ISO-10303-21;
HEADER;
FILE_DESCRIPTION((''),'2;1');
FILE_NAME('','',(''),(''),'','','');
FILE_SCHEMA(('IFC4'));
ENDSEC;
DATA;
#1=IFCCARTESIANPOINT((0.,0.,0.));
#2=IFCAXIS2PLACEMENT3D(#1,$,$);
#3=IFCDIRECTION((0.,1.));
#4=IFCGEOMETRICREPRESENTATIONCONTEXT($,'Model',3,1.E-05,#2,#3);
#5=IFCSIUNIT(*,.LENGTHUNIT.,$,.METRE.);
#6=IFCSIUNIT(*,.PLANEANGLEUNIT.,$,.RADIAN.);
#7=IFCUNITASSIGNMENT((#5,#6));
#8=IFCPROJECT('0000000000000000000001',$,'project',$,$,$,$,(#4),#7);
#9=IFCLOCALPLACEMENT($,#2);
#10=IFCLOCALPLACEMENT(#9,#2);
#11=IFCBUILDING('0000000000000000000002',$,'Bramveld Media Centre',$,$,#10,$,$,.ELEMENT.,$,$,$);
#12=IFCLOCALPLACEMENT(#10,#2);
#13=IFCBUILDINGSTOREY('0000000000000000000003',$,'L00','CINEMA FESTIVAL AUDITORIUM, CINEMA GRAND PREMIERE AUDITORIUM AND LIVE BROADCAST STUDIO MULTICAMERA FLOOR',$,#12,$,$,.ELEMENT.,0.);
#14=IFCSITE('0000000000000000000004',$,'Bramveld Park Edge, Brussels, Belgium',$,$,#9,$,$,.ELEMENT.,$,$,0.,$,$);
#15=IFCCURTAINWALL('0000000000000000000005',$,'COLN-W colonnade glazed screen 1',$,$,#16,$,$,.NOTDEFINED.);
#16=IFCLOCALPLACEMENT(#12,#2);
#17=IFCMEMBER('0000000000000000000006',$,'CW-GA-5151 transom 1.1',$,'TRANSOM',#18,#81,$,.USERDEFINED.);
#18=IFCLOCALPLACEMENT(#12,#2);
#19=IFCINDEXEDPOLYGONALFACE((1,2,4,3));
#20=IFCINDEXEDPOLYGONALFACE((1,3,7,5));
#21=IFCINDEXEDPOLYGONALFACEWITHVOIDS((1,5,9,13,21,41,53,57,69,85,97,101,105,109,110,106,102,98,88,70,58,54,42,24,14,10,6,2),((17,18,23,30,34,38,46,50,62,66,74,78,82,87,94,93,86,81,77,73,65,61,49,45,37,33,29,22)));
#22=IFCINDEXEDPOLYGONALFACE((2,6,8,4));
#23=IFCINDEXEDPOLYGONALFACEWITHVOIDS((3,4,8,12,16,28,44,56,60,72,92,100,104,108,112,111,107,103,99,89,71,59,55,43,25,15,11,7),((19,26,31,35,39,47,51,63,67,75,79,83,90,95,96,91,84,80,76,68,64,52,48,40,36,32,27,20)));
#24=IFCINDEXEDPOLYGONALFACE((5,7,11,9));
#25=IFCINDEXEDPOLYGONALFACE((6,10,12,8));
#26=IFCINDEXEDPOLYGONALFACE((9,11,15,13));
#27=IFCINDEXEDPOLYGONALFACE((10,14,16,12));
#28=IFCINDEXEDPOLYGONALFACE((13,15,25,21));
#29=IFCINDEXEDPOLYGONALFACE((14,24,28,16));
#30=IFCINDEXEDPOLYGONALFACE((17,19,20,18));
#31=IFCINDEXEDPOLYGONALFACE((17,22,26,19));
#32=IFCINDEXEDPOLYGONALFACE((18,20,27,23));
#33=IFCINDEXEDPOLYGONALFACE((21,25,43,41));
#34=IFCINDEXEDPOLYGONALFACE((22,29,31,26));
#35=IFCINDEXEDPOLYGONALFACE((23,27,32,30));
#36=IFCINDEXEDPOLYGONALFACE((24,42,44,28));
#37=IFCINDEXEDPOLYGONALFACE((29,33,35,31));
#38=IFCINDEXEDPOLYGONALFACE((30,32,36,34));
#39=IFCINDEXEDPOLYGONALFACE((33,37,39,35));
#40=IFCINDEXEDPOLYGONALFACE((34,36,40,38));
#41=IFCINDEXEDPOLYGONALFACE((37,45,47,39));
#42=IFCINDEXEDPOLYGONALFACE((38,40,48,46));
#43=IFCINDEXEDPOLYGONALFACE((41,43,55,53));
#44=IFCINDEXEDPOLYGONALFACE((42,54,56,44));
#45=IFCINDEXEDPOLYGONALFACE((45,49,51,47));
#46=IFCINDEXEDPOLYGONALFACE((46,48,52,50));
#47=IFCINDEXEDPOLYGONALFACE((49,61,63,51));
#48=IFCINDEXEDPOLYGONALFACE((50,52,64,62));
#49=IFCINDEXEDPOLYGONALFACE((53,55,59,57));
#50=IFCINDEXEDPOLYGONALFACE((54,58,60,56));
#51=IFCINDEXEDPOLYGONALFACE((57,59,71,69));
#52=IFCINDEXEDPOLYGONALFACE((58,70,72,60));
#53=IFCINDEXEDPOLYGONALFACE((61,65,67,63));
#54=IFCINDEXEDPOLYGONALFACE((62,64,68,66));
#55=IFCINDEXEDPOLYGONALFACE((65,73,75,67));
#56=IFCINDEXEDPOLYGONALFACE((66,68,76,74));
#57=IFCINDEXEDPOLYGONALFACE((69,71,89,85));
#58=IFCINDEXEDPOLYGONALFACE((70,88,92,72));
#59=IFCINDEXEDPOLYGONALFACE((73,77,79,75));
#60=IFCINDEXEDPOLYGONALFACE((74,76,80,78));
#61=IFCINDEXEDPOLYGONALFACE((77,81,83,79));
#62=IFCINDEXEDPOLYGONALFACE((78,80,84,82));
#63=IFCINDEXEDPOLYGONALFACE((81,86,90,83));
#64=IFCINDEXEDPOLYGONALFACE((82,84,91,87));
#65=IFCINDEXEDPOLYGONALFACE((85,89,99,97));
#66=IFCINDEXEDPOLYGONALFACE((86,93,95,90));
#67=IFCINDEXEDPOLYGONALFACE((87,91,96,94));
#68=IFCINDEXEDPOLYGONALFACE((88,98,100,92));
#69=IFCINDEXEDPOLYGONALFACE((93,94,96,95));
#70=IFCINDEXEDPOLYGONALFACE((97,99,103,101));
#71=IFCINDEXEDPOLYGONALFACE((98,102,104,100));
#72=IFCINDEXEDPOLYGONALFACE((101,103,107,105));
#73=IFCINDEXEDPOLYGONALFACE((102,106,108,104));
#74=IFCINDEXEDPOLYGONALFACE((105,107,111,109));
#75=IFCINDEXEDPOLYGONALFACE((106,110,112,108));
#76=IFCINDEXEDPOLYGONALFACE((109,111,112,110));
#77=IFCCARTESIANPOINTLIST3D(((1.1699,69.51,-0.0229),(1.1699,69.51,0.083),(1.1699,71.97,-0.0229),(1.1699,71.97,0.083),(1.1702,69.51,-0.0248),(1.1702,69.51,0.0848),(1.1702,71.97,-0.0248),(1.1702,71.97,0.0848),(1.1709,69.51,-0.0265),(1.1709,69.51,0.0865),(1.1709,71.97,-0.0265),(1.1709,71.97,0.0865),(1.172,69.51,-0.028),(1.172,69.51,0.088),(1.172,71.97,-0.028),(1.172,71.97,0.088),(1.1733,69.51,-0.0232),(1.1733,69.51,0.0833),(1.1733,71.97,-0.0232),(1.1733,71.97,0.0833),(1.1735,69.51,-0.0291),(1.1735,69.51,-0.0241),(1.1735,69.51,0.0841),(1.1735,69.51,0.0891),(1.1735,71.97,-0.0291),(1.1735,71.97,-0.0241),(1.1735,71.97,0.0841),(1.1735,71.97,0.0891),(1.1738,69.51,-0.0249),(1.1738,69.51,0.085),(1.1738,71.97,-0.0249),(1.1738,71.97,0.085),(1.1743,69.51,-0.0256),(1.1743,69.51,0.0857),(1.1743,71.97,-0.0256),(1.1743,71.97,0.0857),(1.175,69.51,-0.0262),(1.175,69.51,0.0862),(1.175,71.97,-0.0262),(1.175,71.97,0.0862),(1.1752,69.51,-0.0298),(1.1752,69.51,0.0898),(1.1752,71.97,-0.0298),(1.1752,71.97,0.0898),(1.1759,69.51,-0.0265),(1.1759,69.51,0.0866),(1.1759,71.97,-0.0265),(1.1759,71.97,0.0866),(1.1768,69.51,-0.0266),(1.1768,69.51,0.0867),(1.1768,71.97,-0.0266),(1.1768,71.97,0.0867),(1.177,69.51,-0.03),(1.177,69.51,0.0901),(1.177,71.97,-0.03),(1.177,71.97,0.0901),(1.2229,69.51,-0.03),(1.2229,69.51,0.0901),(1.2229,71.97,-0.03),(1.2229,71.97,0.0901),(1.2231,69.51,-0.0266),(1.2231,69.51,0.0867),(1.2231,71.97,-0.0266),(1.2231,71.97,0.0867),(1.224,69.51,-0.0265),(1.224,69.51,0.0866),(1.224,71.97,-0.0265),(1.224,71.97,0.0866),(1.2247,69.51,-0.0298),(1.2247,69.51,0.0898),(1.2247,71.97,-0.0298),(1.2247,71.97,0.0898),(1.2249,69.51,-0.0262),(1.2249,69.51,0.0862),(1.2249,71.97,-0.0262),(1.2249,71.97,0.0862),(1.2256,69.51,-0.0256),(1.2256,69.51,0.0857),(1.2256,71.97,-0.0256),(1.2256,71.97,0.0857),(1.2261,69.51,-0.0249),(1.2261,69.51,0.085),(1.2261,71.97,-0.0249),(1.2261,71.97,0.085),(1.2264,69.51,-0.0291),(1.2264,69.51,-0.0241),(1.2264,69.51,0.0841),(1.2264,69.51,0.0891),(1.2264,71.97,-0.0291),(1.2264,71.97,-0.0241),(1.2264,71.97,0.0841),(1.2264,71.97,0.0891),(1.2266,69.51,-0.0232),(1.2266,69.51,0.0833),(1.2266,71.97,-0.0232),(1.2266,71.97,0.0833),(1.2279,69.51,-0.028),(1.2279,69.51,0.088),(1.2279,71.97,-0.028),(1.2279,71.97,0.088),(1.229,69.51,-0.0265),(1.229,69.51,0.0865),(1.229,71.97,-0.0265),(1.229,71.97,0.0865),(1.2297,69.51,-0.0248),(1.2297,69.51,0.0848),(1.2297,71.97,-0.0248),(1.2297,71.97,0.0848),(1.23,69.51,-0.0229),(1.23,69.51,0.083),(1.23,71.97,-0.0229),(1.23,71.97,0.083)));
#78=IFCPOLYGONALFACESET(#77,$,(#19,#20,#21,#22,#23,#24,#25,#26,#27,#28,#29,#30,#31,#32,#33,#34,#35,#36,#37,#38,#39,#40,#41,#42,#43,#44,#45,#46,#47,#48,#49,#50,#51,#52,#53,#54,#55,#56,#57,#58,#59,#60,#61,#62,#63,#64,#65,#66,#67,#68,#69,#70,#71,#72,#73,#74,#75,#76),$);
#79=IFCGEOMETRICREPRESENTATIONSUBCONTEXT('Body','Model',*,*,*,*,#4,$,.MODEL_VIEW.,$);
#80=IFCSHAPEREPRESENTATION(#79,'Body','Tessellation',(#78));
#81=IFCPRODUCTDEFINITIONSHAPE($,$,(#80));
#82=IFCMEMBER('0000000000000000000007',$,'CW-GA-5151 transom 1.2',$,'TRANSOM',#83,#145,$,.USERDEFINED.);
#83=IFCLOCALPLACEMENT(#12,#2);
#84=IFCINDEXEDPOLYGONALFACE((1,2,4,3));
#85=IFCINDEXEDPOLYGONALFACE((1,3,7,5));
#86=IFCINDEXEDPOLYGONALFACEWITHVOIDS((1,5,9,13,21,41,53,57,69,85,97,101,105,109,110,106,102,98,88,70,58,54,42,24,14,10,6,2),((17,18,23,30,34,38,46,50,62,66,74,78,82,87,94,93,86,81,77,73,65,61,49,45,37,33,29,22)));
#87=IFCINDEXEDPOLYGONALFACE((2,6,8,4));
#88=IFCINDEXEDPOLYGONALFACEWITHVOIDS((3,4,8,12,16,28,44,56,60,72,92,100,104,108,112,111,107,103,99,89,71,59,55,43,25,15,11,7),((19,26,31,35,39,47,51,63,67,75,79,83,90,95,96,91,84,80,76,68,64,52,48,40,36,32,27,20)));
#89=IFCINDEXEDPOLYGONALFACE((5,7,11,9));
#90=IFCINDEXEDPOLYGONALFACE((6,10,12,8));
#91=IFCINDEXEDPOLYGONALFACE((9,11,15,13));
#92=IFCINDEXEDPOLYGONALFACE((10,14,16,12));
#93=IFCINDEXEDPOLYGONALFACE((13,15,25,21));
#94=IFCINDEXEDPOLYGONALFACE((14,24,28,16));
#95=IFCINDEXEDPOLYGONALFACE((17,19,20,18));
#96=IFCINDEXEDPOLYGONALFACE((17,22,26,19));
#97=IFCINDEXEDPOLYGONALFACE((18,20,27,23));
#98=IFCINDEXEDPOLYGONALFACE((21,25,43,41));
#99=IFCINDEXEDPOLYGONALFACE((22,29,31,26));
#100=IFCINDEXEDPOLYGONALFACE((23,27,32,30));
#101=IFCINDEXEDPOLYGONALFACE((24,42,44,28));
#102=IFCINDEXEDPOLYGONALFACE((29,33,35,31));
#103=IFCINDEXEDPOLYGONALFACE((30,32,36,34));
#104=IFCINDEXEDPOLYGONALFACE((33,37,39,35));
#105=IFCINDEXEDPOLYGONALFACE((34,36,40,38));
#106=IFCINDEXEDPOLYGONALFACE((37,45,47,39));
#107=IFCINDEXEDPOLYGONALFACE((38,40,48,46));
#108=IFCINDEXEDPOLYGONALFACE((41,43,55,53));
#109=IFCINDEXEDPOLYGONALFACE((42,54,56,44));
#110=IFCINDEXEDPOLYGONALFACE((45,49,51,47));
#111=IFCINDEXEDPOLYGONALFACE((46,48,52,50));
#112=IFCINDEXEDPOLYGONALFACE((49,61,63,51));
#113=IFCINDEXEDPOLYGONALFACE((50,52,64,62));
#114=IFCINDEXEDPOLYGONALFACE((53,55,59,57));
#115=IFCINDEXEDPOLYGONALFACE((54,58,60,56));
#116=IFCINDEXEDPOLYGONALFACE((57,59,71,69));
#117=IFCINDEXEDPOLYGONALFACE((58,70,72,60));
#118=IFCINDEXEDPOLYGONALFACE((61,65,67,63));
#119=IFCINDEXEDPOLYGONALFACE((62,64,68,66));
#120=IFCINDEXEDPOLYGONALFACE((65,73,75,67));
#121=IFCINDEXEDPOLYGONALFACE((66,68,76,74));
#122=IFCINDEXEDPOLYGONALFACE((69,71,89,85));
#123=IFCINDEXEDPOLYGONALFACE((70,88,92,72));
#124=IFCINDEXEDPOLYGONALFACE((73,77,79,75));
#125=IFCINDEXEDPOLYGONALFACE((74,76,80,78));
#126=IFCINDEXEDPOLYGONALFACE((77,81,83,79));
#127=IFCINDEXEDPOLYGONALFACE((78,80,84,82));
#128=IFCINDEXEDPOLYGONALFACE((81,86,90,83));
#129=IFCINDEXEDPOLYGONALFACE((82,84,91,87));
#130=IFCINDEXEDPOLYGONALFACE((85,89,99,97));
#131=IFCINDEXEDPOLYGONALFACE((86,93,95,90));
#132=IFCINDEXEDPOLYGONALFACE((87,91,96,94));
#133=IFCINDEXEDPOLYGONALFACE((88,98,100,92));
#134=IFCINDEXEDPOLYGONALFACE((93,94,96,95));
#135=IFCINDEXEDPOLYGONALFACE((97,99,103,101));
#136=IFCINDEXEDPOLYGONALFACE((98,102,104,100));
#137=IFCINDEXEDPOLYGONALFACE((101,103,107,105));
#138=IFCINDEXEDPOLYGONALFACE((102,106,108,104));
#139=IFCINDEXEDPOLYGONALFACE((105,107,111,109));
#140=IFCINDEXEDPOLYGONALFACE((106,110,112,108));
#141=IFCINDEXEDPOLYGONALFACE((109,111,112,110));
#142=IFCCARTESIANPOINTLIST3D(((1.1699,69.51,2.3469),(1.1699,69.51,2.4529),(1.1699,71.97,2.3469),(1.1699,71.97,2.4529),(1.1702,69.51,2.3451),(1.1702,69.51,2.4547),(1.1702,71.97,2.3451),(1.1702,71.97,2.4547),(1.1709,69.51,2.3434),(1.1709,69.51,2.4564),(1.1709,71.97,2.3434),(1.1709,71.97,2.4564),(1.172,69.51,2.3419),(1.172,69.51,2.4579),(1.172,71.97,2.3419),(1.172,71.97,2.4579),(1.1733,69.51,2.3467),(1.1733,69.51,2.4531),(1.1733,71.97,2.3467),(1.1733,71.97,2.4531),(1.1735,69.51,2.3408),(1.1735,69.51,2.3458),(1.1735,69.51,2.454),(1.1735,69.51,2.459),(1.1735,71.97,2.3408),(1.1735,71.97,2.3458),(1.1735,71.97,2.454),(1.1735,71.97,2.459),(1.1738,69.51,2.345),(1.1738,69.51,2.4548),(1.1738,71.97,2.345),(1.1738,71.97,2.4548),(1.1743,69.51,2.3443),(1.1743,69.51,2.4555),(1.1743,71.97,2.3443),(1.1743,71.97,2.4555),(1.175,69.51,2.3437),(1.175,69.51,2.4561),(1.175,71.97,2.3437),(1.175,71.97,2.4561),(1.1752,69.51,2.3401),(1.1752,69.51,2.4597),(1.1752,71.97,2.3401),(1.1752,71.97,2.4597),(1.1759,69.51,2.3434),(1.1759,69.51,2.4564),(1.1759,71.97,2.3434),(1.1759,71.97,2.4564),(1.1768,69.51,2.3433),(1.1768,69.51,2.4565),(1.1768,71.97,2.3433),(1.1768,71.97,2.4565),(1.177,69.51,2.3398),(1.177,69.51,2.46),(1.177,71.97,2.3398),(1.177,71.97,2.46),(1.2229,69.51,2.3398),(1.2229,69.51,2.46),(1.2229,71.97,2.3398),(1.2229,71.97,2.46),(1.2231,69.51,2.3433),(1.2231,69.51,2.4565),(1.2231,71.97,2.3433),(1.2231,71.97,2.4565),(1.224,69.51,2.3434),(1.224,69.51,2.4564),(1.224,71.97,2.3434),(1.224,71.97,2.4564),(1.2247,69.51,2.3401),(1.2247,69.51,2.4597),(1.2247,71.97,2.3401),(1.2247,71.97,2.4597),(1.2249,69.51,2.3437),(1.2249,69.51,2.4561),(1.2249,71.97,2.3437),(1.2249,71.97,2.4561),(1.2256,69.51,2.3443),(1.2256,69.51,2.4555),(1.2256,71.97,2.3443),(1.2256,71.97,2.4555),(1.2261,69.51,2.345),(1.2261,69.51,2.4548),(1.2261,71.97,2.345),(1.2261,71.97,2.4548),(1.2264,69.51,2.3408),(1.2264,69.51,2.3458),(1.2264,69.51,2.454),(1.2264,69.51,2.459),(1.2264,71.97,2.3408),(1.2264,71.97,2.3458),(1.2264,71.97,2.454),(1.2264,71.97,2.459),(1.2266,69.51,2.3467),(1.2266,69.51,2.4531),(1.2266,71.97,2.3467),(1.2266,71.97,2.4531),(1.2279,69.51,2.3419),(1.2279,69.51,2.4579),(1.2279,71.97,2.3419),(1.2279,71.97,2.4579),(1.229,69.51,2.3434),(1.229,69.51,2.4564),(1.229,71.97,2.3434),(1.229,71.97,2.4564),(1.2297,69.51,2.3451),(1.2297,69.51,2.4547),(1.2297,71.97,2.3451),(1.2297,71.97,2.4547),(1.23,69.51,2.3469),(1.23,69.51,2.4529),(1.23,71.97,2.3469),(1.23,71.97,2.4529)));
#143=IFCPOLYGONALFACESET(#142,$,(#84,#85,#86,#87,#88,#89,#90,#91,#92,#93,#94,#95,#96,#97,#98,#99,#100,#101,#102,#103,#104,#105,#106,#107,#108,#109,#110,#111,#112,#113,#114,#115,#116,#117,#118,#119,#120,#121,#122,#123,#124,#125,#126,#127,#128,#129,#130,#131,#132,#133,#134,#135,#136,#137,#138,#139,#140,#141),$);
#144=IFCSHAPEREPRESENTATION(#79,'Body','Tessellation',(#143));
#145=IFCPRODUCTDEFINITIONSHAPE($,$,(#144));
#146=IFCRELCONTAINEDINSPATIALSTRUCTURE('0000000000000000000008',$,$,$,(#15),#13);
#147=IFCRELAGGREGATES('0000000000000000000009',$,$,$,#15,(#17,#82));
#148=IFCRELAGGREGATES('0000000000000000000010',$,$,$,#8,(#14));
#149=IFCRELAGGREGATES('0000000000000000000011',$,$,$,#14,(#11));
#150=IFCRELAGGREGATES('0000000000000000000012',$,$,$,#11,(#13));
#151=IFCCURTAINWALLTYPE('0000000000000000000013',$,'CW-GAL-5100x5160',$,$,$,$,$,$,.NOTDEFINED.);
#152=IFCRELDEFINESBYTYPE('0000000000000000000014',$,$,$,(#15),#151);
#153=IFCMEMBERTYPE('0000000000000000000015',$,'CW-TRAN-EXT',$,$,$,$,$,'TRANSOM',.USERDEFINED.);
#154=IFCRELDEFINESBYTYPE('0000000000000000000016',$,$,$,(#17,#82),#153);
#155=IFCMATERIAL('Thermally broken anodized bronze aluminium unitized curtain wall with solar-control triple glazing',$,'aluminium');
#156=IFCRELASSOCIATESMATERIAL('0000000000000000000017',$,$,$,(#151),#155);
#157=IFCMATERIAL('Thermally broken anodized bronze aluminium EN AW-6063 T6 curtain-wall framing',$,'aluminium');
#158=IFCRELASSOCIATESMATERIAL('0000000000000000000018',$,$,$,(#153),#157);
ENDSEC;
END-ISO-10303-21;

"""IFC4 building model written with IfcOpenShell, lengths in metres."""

from ifc_helpers import new_model, si_unit, direction, frame, origin, origin_2d, place, context, subcontext, project, spatial, hollow_rectangle, extrude, material, material_profile, profile_set, type_object, element, aggregate, save


model = new_model("IFC4")

# Units and contexts
model_context = context("Model", 3, precision=1e-05, world=origin(), true_north=direction((0.0, 1.0)))
body_context = subcontext(model_context, "Body", "Model", "MODEL_VIEW")
ifc_project = project(units=[si_unit("LENGTHUNIT", "METRE"), si_unit("PLANEANGLEUNIT", "RADIAN")], contexts=[model_context])

# Site, building, storey
site_placement = place(None, origin())
site = spatial("IfcSite", under=ifc_project, at=site_placement, Name="Bramveld Park Edge, Brussels, Belgium", CompositionType="ELEMENT", RefElevation=0.0)
building_placement = place(site_placement, origin())
building = spatial("IfcBuilding", under=site, at=building_placement, Name="Bramveld Media Centre", CompositionType="ELEMENT")
storey_placement = place(building_placement, origin())
storey = spatial("IfcBuildingStorey", under=building, at=storey_placement, Name="L00", Description="CINEMA FESTIVAL AUDITORIUM, CINEMA GRAND PREMIERE AUDITORIUM AND LIVE BROADCAST STUDIO MULTICAMERA FLOOR", CompositionType="ELEMENT", Elevation=0.0)

# Curtain wall, members
ifc_material_1 = material(Name="Thermally broken anodized bronze aluminium unitized curtain wall with solar-control triple glazing", Category="aluminium")
curtain_wall_type = type_object("IfcCurtainWallType", Name="CW-GAL-5100x5160", PredefinedType="NOTDEFINED", material=ifc_material_1)
curtain_wall_placement = place(storey_placement, origin())
curtain_wall = element("IfcCurtainWall", 1, at=curtain_wall_placement, inside=storey, type_object=curtain_wall_type, Name="COLN-W colonnade glazed screen 1", PredefinedType="NOTDEFINED")
ifc_material_2 = material(Name="Thermally broken anodized bronze aluminium EN AW-6063 T6 curtain-wall framing", Category="aluminium")
ifc_material_profile_1 = material_profile(ifc_material_2, hollow_rectangle(XDim=0.0601, YDim=0.1201, WallThickness=0.0034, InnerFilletRadius=0.0034, OuterFilletRadius=0.0071, at=origin_2d()), Name="AL-TRAN 60x120")
ifc_profile_set_1 = profile_set([ifc_material_profile_1], Name="Thermally broken anodized bronze aluminium EN AW-6063 T6 curtain-wall framing")
member_type_1 = type_object("IfcMemberType", Name="CW-TRAN-EXT", ElementType="TRANSOM", PredefinedType="USERDEFINED", material=ifc_profile_set_1)
member_1_placement = place(storey_placement, frame((1.2, 69.51, 0.03), z_axis=(0.0, 1.0, 0.0), x_axis=(-1.0, 0.0, 0.0)))
member_1 = element("IfcMember", 2, at=member_1_placement, type_object=member_type_1, Name="CW-GA-5151 transom 1.1", ObjectType="TRANSOM", PredefinedType="USERDEFINED", context=body_context, shape_type="SweptSolid", body=[
    extrude(hollow_rectangle(XDim=0.0601, YDim=0.1201, WallThickness=0.0034, InnerFilletRadius=0.0034, OuterFilletRadius=0.0071, at=origin_2d()), origin(), (0.0, 0.0, 1.0), 2.46),
])
member_2_placement = place(storey_placement, frame((1.2, 69.51, 2.3999), z_axis=(0.0, 1.0, 0.0), x_axis=(-1.0, 0.0, 0.0)))
member_2 = element("IfcMember", 3, at=member_2_placement, type_object=member_type_1, Name="CW-GA-5151 transom 1.2", ObjectType="TRANSOM", PredefinedType="USERDEFINED", context=body_context, shape_type="SweptSolid", body=[
    extrude(hollow_rectangle(XDim=0.0601, YDim=0.1201, WallThickness=0.0034, InnerFilletRadius=0.0034, OuterFilletRadius=0.0071, at=origin_2d()), origin(), (0.0, 0.0, 1.0), 2.46),
])

aggregate(curtain_wall, [member_1, member_2])

save(model, "model.ifc")
